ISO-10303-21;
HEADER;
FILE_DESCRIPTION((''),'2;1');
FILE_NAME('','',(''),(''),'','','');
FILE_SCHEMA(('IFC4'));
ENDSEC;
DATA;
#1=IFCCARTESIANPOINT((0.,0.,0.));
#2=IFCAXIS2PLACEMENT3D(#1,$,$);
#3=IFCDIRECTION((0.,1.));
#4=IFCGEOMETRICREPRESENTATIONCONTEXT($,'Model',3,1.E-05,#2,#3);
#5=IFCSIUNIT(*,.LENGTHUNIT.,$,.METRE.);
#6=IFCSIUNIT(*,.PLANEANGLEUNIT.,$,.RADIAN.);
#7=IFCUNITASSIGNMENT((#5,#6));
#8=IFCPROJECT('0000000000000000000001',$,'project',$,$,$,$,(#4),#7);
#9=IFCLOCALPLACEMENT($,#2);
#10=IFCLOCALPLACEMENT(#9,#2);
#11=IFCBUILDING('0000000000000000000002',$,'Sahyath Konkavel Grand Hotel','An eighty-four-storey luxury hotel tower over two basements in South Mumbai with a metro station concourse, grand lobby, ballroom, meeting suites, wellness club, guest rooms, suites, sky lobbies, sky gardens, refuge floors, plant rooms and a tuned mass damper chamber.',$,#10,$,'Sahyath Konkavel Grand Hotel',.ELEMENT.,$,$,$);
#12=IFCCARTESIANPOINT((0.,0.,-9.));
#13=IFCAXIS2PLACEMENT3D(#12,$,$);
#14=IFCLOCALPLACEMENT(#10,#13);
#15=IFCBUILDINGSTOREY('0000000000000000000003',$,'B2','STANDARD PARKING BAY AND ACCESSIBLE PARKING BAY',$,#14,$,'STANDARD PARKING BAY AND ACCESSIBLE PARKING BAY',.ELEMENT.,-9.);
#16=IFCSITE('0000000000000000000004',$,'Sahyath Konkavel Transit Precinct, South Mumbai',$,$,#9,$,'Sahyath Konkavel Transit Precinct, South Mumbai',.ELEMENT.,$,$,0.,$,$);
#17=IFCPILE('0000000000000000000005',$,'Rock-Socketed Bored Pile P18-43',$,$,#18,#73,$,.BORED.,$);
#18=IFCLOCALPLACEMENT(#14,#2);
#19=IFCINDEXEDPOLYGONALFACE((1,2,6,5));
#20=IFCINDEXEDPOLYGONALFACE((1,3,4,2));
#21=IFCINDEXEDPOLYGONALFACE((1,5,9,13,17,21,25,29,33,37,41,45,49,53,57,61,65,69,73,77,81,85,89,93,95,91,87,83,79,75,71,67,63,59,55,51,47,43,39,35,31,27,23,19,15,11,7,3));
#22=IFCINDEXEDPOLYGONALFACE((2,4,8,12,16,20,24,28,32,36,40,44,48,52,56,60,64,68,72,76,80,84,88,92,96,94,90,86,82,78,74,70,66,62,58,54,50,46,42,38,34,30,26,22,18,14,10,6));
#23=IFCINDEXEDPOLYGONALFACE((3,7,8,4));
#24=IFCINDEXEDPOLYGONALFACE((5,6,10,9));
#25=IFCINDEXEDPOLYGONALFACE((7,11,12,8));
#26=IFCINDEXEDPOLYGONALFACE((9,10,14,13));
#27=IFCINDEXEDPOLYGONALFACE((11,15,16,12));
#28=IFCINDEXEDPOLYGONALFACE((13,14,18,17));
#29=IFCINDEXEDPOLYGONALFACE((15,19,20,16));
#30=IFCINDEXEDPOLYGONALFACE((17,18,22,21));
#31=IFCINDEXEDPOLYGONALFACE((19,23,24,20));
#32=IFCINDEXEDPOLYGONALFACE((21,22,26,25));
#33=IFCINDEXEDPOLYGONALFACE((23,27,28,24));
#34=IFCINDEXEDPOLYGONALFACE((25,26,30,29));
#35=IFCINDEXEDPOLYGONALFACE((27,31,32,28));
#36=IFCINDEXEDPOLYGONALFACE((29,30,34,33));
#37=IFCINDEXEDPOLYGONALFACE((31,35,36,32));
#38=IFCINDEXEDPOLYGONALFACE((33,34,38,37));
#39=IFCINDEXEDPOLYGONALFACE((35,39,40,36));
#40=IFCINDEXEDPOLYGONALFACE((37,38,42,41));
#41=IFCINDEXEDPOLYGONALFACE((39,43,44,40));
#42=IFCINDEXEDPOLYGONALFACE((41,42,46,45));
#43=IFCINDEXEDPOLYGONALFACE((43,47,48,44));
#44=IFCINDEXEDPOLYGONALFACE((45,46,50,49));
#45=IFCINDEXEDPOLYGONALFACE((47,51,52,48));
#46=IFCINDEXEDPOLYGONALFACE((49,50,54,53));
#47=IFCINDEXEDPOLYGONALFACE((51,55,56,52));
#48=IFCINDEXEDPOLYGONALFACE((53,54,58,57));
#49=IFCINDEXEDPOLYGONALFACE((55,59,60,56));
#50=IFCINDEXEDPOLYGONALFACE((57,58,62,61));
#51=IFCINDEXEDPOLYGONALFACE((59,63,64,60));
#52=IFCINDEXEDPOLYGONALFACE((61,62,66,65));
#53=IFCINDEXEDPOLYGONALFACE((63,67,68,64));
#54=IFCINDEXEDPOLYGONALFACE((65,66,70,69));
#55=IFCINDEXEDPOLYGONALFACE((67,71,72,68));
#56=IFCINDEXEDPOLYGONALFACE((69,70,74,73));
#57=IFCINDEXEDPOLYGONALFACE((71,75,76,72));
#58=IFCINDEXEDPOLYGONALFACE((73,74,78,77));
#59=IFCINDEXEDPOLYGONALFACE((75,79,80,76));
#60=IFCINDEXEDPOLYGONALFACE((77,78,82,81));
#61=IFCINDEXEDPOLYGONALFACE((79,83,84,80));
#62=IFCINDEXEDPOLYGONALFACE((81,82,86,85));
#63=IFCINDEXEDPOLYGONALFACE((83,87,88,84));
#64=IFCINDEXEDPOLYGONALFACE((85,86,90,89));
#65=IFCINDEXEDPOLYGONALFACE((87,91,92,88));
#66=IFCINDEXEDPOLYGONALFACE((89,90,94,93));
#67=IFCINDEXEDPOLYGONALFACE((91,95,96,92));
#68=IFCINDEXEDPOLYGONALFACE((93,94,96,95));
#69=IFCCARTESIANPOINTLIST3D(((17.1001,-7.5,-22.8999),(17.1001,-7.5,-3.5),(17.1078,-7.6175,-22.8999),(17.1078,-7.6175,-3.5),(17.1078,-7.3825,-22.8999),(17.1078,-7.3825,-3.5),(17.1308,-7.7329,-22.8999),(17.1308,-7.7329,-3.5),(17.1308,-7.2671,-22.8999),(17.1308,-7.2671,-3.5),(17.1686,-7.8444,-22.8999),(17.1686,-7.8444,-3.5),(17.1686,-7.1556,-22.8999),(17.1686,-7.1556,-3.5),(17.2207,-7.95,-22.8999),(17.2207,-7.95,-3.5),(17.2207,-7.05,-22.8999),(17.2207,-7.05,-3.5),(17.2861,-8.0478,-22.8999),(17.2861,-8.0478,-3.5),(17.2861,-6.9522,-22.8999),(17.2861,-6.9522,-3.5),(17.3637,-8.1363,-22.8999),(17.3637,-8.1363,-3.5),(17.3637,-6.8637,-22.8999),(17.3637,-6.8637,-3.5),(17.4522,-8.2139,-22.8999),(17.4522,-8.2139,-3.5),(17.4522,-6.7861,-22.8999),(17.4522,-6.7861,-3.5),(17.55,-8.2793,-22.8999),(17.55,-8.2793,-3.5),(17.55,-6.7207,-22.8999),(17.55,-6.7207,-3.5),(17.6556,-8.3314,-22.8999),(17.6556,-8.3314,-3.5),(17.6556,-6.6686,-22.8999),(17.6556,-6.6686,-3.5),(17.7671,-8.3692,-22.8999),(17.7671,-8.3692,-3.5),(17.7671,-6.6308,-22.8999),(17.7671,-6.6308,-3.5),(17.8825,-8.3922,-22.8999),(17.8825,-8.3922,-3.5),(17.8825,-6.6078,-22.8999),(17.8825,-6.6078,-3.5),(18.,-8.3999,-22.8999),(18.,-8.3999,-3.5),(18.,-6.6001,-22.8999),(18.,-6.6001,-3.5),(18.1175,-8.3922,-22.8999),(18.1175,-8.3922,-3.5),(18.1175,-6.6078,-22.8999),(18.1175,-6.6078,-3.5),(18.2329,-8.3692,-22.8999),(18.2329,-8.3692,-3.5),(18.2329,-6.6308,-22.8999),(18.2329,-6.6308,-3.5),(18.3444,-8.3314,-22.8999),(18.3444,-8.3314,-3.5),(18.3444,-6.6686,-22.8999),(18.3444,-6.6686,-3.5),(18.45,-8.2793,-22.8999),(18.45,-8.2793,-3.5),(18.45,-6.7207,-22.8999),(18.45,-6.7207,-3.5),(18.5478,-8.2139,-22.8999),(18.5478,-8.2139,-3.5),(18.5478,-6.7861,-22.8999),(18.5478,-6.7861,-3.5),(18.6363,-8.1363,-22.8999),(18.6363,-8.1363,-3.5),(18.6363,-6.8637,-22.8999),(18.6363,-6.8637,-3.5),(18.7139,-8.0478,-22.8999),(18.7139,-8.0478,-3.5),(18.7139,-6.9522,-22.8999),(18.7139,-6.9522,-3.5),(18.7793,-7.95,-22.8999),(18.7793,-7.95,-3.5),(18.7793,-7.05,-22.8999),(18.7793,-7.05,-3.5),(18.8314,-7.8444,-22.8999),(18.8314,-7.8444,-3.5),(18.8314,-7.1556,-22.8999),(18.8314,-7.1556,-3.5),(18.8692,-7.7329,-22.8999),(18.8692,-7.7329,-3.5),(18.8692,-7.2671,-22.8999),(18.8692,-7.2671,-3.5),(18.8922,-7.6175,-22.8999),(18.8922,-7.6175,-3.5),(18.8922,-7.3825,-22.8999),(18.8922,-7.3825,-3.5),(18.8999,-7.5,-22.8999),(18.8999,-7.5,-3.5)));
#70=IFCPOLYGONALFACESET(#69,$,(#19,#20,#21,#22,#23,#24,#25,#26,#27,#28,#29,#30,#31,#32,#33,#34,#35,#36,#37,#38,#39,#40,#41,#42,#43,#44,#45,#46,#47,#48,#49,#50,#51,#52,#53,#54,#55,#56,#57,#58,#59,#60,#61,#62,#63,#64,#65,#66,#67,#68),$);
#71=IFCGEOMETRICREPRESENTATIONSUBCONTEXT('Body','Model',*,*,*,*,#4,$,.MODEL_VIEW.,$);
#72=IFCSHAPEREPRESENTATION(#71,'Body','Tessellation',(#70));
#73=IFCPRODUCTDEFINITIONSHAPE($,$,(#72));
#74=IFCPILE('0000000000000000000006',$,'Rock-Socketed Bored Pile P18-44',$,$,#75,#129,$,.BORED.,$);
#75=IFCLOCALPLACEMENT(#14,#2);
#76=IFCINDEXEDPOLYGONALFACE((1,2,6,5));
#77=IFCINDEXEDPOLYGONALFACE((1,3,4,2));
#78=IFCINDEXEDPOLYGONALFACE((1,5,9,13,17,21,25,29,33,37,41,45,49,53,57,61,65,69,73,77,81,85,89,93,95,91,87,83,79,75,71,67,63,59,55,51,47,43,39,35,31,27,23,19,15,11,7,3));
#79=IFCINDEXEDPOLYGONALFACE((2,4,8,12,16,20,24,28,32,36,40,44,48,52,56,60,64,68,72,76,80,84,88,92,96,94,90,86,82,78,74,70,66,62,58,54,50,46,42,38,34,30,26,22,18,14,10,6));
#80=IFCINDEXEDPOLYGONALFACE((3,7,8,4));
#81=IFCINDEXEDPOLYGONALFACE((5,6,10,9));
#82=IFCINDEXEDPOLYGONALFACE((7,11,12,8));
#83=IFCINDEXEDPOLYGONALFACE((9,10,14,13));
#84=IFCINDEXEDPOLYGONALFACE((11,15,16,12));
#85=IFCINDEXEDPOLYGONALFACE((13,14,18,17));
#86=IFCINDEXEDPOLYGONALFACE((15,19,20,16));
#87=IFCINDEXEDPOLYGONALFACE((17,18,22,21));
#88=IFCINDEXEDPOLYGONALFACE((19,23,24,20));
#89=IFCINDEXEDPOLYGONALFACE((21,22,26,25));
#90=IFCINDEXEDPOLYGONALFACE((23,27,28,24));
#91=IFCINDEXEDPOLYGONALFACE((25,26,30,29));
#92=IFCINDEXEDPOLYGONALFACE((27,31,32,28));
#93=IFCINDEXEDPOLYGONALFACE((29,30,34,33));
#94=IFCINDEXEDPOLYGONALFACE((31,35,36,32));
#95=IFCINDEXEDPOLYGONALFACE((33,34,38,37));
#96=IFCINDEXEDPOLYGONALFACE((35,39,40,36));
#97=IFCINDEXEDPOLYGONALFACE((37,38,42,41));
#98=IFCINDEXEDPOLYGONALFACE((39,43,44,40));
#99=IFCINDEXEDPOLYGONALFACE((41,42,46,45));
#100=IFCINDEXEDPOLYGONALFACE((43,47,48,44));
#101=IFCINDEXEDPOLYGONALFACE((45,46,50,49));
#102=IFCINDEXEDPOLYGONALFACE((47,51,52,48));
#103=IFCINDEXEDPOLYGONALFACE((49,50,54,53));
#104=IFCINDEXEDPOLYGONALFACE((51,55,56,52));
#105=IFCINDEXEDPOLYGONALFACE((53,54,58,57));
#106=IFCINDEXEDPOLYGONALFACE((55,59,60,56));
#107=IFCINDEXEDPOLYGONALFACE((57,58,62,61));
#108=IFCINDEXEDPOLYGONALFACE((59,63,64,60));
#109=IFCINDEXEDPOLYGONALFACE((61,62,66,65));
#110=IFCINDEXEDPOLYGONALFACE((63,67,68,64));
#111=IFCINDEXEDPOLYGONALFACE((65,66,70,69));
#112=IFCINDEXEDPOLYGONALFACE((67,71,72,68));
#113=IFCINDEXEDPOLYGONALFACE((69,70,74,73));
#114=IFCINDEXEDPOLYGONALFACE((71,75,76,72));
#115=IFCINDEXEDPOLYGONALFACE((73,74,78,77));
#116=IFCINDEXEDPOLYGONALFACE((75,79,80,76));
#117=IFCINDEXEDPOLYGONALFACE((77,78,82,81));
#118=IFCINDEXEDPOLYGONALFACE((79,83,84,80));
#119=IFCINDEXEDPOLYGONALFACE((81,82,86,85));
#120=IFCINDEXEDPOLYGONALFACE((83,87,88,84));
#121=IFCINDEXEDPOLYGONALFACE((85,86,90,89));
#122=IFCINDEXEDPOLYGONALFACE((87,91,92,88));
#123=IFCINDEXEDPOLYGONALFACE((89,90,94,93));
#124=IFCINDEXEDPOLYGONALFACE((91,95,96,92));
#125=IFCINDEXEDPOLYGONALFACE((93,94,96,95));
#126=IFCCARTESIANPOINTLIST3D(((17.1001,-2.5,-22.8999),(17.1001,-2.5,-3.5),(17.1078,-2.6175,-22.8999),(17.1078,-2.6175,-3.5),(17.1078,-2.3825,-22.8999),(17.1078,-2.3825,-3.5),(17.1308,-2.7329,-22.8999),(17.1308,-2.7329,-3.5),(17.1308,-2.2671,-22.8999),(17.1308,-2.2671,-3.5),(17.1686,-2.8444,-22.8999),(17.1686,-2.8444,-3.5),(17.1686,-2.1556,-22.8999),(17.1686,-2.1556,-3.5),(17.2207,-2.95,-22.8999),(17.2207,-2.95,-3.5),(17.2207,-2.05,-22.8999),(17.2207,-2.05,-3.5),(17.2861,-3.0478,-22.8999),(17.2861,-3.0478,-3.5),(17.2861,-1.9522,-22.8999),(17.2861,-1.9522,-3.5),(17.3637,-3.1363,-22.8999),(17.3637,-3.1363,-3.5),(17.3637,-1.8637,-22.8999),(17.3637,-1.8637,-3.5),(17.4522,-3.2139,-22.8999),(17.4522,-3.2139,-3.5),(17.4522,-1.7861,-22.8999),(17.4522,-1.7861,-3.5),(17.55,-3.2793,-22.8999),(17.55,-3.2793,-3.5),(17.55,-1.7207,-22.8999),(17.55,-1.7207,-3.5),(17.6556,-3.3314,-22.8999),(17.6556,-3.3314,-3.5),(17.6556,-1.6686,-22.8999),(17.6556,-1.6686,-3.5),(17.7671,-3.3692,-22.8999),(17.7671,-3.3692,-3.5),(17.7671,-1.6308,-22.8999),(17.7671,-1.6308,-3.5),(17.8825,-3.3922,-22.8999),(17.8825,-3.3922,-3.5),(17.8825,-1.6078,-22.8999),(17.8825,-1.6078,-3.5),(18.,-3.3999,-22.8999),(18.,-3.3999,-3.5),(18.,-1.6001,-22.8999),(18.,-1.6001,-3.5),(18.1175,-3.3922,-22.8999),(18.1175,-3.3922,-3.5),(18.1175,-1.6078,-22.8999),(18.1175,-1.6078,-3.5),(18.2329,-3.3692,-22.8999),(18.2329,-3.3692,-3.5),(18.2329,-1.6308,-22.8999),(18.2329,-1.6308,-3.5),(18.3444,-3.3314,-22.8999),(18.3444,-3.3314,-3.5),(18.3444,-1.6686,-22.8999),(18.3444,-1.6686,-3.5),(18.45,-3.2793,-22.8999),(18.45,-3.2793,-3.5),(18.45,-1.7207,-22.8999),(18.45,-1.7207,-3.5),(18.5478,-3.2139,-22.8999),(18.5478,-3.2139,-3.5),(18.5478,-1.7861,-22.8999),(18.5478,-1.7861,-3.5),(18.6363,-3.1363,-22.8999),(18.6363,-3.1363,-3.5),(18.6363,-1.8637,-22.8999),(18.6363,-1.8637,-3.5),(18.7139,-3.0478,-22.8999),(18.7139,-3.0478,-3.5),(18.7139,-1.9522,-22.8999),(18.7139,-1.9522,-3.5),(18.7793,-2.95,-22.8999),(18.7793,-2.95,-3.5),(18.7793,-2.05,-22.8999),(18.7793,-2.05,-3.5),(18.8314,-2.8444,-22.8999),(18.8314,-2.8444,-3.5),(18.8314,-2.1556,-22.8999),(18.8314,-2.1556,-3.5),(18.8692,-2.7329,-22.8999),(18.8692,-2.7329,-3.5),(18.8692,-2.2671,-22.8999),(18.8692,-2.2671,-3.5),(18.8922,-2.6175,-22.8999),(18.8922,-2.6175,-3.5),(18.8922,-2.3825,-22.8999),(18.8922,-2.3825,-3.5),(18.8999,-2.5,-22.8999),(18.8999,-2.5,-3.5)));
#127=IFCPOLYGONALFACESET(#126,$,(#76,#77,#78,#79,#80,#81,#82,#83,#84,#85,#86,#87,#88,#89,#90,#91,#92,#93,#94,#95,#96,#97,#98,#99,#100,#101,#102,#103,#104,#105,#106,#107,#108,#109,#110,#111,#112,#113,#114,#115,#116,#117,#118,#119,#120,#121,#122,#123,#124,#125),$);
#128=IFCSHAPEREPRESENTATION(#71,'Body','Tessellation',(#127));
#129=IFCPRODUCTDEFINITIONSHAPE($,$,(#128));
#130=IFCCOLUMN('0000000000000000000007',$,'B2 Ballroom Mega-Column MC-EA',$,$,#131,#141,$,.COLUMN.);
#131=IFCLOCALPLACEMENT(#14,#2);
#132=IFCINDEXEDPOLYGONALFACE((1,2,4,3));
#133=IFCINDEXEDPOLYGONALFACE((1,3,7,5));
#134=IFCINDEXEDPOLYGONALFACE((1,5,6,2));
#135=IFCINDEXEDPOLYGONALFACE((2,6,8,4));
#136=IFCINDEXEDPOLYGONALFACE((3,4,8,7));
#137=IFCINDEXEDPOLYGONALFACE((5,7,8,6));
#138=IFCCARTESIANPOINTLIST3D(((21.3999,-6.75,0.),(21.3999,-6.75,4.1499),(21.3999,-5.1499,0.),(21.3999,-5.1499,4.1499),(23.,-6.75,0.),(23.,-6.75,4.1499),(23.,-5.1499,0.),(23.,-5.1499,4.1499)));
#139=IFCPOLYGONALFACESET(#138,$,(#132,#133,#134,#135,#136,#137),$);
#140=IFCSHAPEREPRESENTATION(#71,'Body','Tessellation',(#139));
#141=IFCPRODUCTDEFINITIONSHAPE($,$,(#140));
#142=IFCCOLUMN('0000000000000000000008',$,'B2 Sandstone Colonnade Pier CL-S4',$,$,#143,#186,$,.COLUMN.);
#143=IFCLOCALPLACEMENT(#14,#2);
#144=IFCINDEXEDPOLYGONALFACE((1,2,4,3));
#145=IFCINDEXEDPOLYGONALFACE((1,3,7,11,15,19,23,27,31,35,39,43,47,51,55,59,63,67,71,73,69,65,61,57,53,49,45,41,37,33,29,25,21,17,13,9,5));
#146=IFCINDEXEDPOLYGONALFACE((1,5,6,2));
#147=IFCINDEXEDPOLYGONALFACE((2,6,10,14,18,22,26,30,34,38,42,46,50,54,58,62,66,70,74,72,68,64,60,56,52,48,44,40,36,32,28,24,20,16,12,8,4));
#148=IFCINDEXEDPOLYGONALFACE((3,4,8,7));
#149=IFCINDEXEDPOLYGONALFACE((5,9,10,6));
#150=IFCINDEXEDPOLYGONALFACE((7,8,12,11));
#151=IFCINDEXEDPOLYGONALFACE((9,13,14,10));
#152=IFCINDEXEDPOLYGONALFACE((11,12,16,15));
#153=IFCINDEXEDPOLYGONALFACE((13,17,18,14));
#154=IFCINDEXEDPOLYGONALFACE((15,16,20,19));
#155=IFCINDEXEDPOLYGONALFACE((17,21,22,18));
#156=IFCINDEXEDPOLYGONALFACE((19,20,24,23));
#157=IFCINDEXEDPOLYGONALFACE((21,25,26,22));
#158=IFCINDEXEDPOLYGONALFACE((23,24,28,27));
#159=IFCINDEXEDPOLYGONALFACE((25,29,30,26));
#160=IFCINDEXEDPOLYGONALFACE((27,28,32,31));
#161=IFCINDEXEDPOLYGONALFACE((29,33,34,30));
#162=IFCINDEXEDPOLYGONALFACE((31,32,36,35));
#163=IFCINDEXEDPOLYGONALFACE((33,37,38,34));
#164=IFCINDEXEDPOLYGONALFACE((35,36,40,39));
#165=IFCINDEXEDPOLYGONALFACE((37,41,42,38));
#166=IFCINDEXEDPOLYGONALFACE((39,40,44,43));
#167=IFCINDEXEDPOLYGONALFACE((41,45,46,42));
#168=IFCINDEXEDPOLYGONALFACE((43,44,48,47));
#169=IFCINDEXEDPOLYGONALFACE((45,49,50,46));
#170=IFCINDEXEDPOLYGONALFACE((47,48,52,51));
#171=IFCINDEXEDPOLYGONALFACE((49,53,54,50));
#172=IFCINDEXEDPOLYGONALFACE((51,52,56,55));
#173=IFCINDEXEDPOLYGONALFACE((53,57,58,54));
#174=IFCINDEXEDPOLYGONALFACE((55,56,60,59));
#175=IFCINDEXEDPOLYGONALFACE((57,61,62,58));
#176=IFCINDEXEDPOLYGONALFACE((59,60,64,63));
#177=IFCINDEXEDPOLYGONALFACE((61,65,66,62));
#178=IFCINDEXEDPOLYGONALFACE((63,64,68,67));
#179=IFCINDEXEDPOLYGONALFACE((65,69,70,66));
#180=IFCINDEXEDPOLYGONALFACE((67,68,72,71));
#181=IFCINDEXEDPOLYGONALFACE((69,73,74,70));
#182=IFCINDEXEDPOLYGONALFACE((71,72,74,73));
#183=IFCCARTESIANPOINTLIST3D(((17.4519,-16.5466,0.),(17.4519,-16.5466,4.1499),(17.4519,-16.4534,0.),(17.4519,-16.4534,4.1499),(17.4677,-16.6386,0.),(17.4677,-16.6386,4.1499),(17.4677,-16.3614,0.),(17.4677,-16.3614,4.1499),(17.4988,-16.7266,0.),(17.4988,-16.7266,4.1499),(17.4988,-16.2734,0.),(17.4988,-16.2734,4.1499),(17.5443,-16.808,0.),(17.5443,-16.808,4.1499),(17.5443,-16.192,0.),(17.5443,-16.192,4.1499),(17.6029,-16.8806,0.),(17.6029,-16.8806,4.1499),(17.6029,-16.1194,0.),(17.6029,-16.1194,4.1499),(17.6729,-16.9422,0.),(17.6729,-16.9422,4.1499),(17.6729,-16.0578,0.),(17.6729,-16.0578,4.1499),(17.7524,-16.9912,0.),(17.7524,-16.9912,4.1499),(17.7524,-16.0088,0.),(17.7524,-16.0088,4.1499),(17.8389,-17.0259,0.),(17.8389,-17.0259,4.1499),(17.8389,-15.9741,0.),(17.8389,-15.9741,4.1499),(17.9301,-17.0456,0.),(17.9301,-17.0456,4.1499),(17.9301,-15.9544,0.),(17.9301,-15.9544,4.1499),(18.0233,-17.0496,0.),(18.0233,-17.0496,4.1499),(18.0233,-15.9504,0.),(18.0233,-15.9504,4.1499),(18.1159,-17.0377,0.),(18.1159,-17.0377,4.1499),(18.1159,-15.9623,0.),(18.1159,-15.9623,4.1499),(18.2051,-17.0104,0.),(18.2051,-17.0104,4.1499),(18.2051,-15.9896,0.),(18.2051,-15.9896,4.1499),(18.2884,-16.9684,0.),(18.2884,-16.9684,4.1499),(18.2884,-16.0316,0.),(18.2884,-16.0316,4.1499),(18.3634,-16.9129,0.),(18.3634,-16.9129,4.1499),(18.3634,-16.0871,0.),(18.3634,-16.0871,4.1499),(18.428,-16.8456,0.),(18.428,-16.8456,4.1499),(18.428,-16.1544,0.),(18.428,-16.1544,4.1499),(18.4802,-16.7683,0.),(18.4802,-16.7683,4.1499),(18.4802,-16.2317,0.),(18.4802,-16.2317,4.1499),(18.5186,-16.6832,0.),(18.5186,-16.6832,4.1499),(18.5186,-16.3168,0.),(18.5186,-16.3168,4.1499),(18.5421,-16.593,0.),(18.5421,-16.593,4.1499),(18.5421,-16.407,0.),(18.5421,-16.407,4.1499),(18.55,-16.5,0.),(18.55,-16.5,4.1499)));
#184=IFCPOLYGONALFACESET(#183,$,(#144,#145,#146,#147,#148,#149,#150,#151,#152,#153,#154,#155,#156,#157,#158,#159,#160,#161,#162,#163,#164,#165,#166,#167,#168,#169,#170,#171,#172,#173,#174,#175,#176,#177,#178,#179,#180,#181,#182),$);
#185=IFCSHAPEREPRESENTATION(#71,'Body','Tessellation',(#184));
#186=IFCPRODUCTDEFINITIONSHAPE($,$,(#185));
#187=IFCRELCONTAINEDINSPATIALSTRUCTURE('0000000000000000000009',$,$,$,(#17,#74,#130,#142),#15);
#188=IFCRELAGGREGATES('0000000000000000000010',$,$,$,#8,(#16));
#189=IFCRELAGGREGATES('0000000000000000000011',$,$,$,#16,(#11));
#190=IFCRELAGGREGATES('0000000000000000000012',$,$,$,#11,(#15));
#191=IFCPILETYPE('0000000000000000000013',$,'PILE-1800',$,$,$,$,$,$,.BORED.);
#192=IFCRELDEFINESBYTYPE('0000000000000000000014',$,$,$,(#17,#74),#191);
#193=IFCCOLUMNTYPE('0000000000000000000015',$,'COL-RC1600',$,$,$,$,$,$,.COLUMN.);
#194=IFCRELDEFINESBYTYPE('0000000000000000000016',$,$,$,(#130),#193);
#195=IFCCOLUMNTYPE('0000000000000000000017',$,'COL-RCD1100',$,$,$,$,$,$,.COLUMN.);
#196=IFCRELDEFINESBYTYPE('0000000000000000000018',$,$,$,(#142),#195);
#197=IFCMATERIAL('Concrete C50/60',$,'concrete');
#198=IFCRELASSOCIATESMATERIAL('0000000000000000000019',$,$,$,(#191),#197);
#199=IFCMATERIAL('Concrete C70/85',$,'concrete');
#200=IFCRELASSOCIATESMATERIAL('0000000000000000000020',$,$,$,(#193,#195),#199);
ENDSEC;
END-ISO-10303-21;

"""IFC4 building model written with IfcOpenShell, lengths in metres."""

from ifc_helpers import new_model, si_unit, direction, frame, origin, origin_2d, place, context, subcontext, project, spatial, rectangle, circle, extrude, source, transform, mapped, material, material_profile, profile_set, type_object, element, save


model = new_model("IFC4")

# Units and contexts
model_context = context("Model", 3, precision=1e-05, world=origin(), true_north=direction((0.0, 1.0)))
body_context = subcontext(model_context, "Body", "Model", "MODEL_VIEW")
ifc_project = project(units=[si_unit("LENGTHUNIT", "METRE"), si_unit("PLANEANGLEUNIT", "RADIAN")], contexts=[model_context])

# Site, building, storey
site_placement = place(None, origin())
site = spatial("IfcSite", under=ifc_project, at=site_placement, Name="Sahyath Konkavel Transit Precinct, South Mumbai", LongName="Sahyath Konkavel Transit Precinct, South Mumbai", CompositionType="ELEMENT", RefElevation=0.0)
building_placement = place(site_placement, origin())
building = spatial("IfcBuilding", under=site, at=building_placement, Name="Sahyath Konkavel Grand Hotel", Description="An eighty-four-storey luxury hotel tower over two basements in South Mumbai with a metro station concourse, grand lobby, ballroom, meeting suites, wellness club, guest rooms, suites, sky lobbies, sky gardens, refuge floors, plant rooms and a tuned mass damper chamber.", LongName="Sahyath Konkavel Grand Hotel", CompositionType="ELEMENT")
storey_placement = place(building_placement, frame((0.0, 0.0, -9.0)))
storey = spatial("IfcBuildingStorey", under=building, at=storey_placement, Name="B2", Description="STANDARD PARKING BAY AND ACCESSIBLE PARKING BAY", LongName="STANDARD PARKING BAY AND ACCESSIBLE PARKING BAY", CompositionType="ELEMENT", Elevation=-9.0)

# Piles
ifc_material_1 = material(Name="Concrete C50/60", Category="concrete")
ifc_material_profile_1 = material_profile(ifc_material_1, circle(Radius=0.8999, at=origin_2d()), Name="PILE D1800")
ifc_profile_set_1 = profile_set([ifc_material_profile_1], Name="Concrete C50/60")
pile_type_1 = type_object("IfcPileType", Name="PILE-1800", PredefinedType="BORED", material=ifc_profile_set_1)
for number, where, z_axis, x_axis, name in (
    (1, (18.0, -7.5, -3.5), (0.0, 0.0, -1.0), (1.0, 0.0, 0.0), "Rock-Socketed Bored Pile P18-43"),
    (2, (18.0, -2.5, -3.5), (0.0, 0.0, -1.0), (1.0, 0.0, 0.0), "Rock-Socketed Bored Pile P18-44"),
):
    element("IfcPile", number, at=place(storey_placement, frame(where, z_axis=z_axis, x_axis=x_axis)), inside=storey, type_object=pile_type_1, Name=name, PredefinedType="BORED", context=body_context, shape_type="SweptSolid", body=[
        extrude(circle(Radius=0.8999, at=origin_2d()), origin(), (0.0, 0.0, 1.0), 19.3999),
    ])

# Columns
ifc_material_2 = material(Name="Concrete C70/85", Category="concrete")
ifc_material_profile_2 = material_profile(ifc_material_2, rectangle(XDim=1.6001, YDim=1.6001, at=origin_2d()), Name="RC 1600x1600")
ifc_profile_set_2 = profile_set([ifc_material_profile_2], Name="Concrete C70/85")
column_type_1 = type_object("IfcColumnType", Name="COL-RC1600", PredefinedType="COLUMN", material=ifc_profile_set_2)
shared_shape_1 = source(origin(), body_context, "Body", "SweptSolid", [
    extrude(rectangle(XDim=1.6001, YDim=1.6001, at=origin_2d()), origin(), (0.0, 0.0, 1.0), 4.1499),
])
column_1_placement = place(storey_placement, frame((22.2, -5.95, 0.0), z_axis=(0.0, 0.0, 1.0), x_axis=(1.0, 0.0, 0.0)))
element("IfcColumn", 3, at=column_1_placement, inside=storey, type_object=column_type_1, Name="B2 Ballroom Mega-Column MC-EA", PredefinedType="COLUMN", context=body_context, shape_type="MappedRepresentation", body=[
    mapped(shared_shape_1, transform((0.0, 0.0, 0.0), scale=1.0)),
])
ifc_material_profile_3 = material_profile(ifc_material_2, circle(Radius=0.55, at=origin_2d()), Name="RC D1100")
ifc_profile_set_3 = profile_set([ifc_material_profile_3], Name="Concrete C70/85")
column_type_2 = type_object("IfcColumnType", Name="COL-RCD1100", PredefinedType="COLUMN", material=ifc_profile_set_3)
shared_shape_2 = source(origin(), body_context, "Body", "SweptSolid", [
    extrude(circle(Radius=0.55, at=origin_2d()), origin(), (0.0, 0.0, 1.0), 4.1499),
])
column_2_placement = place(storey_placement, frame((18.0, -16.5, 0.0), z_axis=(0.0, 0.0, 1.0), x_axis=(1.0, 0.0, 0.0)))
element("IfcColumn", 4, at=column_2_placement, inside=storey, type_object=column_type_2, Name="B2 Sandstone Colonnade Pier CL-S4", PredefinedType="COLUMN", context=body_context, shape_type="MappedRepresentation", body=[
    mapped(shared_shape_2, transform((0.0, 0.0, 0.0), scale=1.0)),
])

save(model, "model.ifc")
